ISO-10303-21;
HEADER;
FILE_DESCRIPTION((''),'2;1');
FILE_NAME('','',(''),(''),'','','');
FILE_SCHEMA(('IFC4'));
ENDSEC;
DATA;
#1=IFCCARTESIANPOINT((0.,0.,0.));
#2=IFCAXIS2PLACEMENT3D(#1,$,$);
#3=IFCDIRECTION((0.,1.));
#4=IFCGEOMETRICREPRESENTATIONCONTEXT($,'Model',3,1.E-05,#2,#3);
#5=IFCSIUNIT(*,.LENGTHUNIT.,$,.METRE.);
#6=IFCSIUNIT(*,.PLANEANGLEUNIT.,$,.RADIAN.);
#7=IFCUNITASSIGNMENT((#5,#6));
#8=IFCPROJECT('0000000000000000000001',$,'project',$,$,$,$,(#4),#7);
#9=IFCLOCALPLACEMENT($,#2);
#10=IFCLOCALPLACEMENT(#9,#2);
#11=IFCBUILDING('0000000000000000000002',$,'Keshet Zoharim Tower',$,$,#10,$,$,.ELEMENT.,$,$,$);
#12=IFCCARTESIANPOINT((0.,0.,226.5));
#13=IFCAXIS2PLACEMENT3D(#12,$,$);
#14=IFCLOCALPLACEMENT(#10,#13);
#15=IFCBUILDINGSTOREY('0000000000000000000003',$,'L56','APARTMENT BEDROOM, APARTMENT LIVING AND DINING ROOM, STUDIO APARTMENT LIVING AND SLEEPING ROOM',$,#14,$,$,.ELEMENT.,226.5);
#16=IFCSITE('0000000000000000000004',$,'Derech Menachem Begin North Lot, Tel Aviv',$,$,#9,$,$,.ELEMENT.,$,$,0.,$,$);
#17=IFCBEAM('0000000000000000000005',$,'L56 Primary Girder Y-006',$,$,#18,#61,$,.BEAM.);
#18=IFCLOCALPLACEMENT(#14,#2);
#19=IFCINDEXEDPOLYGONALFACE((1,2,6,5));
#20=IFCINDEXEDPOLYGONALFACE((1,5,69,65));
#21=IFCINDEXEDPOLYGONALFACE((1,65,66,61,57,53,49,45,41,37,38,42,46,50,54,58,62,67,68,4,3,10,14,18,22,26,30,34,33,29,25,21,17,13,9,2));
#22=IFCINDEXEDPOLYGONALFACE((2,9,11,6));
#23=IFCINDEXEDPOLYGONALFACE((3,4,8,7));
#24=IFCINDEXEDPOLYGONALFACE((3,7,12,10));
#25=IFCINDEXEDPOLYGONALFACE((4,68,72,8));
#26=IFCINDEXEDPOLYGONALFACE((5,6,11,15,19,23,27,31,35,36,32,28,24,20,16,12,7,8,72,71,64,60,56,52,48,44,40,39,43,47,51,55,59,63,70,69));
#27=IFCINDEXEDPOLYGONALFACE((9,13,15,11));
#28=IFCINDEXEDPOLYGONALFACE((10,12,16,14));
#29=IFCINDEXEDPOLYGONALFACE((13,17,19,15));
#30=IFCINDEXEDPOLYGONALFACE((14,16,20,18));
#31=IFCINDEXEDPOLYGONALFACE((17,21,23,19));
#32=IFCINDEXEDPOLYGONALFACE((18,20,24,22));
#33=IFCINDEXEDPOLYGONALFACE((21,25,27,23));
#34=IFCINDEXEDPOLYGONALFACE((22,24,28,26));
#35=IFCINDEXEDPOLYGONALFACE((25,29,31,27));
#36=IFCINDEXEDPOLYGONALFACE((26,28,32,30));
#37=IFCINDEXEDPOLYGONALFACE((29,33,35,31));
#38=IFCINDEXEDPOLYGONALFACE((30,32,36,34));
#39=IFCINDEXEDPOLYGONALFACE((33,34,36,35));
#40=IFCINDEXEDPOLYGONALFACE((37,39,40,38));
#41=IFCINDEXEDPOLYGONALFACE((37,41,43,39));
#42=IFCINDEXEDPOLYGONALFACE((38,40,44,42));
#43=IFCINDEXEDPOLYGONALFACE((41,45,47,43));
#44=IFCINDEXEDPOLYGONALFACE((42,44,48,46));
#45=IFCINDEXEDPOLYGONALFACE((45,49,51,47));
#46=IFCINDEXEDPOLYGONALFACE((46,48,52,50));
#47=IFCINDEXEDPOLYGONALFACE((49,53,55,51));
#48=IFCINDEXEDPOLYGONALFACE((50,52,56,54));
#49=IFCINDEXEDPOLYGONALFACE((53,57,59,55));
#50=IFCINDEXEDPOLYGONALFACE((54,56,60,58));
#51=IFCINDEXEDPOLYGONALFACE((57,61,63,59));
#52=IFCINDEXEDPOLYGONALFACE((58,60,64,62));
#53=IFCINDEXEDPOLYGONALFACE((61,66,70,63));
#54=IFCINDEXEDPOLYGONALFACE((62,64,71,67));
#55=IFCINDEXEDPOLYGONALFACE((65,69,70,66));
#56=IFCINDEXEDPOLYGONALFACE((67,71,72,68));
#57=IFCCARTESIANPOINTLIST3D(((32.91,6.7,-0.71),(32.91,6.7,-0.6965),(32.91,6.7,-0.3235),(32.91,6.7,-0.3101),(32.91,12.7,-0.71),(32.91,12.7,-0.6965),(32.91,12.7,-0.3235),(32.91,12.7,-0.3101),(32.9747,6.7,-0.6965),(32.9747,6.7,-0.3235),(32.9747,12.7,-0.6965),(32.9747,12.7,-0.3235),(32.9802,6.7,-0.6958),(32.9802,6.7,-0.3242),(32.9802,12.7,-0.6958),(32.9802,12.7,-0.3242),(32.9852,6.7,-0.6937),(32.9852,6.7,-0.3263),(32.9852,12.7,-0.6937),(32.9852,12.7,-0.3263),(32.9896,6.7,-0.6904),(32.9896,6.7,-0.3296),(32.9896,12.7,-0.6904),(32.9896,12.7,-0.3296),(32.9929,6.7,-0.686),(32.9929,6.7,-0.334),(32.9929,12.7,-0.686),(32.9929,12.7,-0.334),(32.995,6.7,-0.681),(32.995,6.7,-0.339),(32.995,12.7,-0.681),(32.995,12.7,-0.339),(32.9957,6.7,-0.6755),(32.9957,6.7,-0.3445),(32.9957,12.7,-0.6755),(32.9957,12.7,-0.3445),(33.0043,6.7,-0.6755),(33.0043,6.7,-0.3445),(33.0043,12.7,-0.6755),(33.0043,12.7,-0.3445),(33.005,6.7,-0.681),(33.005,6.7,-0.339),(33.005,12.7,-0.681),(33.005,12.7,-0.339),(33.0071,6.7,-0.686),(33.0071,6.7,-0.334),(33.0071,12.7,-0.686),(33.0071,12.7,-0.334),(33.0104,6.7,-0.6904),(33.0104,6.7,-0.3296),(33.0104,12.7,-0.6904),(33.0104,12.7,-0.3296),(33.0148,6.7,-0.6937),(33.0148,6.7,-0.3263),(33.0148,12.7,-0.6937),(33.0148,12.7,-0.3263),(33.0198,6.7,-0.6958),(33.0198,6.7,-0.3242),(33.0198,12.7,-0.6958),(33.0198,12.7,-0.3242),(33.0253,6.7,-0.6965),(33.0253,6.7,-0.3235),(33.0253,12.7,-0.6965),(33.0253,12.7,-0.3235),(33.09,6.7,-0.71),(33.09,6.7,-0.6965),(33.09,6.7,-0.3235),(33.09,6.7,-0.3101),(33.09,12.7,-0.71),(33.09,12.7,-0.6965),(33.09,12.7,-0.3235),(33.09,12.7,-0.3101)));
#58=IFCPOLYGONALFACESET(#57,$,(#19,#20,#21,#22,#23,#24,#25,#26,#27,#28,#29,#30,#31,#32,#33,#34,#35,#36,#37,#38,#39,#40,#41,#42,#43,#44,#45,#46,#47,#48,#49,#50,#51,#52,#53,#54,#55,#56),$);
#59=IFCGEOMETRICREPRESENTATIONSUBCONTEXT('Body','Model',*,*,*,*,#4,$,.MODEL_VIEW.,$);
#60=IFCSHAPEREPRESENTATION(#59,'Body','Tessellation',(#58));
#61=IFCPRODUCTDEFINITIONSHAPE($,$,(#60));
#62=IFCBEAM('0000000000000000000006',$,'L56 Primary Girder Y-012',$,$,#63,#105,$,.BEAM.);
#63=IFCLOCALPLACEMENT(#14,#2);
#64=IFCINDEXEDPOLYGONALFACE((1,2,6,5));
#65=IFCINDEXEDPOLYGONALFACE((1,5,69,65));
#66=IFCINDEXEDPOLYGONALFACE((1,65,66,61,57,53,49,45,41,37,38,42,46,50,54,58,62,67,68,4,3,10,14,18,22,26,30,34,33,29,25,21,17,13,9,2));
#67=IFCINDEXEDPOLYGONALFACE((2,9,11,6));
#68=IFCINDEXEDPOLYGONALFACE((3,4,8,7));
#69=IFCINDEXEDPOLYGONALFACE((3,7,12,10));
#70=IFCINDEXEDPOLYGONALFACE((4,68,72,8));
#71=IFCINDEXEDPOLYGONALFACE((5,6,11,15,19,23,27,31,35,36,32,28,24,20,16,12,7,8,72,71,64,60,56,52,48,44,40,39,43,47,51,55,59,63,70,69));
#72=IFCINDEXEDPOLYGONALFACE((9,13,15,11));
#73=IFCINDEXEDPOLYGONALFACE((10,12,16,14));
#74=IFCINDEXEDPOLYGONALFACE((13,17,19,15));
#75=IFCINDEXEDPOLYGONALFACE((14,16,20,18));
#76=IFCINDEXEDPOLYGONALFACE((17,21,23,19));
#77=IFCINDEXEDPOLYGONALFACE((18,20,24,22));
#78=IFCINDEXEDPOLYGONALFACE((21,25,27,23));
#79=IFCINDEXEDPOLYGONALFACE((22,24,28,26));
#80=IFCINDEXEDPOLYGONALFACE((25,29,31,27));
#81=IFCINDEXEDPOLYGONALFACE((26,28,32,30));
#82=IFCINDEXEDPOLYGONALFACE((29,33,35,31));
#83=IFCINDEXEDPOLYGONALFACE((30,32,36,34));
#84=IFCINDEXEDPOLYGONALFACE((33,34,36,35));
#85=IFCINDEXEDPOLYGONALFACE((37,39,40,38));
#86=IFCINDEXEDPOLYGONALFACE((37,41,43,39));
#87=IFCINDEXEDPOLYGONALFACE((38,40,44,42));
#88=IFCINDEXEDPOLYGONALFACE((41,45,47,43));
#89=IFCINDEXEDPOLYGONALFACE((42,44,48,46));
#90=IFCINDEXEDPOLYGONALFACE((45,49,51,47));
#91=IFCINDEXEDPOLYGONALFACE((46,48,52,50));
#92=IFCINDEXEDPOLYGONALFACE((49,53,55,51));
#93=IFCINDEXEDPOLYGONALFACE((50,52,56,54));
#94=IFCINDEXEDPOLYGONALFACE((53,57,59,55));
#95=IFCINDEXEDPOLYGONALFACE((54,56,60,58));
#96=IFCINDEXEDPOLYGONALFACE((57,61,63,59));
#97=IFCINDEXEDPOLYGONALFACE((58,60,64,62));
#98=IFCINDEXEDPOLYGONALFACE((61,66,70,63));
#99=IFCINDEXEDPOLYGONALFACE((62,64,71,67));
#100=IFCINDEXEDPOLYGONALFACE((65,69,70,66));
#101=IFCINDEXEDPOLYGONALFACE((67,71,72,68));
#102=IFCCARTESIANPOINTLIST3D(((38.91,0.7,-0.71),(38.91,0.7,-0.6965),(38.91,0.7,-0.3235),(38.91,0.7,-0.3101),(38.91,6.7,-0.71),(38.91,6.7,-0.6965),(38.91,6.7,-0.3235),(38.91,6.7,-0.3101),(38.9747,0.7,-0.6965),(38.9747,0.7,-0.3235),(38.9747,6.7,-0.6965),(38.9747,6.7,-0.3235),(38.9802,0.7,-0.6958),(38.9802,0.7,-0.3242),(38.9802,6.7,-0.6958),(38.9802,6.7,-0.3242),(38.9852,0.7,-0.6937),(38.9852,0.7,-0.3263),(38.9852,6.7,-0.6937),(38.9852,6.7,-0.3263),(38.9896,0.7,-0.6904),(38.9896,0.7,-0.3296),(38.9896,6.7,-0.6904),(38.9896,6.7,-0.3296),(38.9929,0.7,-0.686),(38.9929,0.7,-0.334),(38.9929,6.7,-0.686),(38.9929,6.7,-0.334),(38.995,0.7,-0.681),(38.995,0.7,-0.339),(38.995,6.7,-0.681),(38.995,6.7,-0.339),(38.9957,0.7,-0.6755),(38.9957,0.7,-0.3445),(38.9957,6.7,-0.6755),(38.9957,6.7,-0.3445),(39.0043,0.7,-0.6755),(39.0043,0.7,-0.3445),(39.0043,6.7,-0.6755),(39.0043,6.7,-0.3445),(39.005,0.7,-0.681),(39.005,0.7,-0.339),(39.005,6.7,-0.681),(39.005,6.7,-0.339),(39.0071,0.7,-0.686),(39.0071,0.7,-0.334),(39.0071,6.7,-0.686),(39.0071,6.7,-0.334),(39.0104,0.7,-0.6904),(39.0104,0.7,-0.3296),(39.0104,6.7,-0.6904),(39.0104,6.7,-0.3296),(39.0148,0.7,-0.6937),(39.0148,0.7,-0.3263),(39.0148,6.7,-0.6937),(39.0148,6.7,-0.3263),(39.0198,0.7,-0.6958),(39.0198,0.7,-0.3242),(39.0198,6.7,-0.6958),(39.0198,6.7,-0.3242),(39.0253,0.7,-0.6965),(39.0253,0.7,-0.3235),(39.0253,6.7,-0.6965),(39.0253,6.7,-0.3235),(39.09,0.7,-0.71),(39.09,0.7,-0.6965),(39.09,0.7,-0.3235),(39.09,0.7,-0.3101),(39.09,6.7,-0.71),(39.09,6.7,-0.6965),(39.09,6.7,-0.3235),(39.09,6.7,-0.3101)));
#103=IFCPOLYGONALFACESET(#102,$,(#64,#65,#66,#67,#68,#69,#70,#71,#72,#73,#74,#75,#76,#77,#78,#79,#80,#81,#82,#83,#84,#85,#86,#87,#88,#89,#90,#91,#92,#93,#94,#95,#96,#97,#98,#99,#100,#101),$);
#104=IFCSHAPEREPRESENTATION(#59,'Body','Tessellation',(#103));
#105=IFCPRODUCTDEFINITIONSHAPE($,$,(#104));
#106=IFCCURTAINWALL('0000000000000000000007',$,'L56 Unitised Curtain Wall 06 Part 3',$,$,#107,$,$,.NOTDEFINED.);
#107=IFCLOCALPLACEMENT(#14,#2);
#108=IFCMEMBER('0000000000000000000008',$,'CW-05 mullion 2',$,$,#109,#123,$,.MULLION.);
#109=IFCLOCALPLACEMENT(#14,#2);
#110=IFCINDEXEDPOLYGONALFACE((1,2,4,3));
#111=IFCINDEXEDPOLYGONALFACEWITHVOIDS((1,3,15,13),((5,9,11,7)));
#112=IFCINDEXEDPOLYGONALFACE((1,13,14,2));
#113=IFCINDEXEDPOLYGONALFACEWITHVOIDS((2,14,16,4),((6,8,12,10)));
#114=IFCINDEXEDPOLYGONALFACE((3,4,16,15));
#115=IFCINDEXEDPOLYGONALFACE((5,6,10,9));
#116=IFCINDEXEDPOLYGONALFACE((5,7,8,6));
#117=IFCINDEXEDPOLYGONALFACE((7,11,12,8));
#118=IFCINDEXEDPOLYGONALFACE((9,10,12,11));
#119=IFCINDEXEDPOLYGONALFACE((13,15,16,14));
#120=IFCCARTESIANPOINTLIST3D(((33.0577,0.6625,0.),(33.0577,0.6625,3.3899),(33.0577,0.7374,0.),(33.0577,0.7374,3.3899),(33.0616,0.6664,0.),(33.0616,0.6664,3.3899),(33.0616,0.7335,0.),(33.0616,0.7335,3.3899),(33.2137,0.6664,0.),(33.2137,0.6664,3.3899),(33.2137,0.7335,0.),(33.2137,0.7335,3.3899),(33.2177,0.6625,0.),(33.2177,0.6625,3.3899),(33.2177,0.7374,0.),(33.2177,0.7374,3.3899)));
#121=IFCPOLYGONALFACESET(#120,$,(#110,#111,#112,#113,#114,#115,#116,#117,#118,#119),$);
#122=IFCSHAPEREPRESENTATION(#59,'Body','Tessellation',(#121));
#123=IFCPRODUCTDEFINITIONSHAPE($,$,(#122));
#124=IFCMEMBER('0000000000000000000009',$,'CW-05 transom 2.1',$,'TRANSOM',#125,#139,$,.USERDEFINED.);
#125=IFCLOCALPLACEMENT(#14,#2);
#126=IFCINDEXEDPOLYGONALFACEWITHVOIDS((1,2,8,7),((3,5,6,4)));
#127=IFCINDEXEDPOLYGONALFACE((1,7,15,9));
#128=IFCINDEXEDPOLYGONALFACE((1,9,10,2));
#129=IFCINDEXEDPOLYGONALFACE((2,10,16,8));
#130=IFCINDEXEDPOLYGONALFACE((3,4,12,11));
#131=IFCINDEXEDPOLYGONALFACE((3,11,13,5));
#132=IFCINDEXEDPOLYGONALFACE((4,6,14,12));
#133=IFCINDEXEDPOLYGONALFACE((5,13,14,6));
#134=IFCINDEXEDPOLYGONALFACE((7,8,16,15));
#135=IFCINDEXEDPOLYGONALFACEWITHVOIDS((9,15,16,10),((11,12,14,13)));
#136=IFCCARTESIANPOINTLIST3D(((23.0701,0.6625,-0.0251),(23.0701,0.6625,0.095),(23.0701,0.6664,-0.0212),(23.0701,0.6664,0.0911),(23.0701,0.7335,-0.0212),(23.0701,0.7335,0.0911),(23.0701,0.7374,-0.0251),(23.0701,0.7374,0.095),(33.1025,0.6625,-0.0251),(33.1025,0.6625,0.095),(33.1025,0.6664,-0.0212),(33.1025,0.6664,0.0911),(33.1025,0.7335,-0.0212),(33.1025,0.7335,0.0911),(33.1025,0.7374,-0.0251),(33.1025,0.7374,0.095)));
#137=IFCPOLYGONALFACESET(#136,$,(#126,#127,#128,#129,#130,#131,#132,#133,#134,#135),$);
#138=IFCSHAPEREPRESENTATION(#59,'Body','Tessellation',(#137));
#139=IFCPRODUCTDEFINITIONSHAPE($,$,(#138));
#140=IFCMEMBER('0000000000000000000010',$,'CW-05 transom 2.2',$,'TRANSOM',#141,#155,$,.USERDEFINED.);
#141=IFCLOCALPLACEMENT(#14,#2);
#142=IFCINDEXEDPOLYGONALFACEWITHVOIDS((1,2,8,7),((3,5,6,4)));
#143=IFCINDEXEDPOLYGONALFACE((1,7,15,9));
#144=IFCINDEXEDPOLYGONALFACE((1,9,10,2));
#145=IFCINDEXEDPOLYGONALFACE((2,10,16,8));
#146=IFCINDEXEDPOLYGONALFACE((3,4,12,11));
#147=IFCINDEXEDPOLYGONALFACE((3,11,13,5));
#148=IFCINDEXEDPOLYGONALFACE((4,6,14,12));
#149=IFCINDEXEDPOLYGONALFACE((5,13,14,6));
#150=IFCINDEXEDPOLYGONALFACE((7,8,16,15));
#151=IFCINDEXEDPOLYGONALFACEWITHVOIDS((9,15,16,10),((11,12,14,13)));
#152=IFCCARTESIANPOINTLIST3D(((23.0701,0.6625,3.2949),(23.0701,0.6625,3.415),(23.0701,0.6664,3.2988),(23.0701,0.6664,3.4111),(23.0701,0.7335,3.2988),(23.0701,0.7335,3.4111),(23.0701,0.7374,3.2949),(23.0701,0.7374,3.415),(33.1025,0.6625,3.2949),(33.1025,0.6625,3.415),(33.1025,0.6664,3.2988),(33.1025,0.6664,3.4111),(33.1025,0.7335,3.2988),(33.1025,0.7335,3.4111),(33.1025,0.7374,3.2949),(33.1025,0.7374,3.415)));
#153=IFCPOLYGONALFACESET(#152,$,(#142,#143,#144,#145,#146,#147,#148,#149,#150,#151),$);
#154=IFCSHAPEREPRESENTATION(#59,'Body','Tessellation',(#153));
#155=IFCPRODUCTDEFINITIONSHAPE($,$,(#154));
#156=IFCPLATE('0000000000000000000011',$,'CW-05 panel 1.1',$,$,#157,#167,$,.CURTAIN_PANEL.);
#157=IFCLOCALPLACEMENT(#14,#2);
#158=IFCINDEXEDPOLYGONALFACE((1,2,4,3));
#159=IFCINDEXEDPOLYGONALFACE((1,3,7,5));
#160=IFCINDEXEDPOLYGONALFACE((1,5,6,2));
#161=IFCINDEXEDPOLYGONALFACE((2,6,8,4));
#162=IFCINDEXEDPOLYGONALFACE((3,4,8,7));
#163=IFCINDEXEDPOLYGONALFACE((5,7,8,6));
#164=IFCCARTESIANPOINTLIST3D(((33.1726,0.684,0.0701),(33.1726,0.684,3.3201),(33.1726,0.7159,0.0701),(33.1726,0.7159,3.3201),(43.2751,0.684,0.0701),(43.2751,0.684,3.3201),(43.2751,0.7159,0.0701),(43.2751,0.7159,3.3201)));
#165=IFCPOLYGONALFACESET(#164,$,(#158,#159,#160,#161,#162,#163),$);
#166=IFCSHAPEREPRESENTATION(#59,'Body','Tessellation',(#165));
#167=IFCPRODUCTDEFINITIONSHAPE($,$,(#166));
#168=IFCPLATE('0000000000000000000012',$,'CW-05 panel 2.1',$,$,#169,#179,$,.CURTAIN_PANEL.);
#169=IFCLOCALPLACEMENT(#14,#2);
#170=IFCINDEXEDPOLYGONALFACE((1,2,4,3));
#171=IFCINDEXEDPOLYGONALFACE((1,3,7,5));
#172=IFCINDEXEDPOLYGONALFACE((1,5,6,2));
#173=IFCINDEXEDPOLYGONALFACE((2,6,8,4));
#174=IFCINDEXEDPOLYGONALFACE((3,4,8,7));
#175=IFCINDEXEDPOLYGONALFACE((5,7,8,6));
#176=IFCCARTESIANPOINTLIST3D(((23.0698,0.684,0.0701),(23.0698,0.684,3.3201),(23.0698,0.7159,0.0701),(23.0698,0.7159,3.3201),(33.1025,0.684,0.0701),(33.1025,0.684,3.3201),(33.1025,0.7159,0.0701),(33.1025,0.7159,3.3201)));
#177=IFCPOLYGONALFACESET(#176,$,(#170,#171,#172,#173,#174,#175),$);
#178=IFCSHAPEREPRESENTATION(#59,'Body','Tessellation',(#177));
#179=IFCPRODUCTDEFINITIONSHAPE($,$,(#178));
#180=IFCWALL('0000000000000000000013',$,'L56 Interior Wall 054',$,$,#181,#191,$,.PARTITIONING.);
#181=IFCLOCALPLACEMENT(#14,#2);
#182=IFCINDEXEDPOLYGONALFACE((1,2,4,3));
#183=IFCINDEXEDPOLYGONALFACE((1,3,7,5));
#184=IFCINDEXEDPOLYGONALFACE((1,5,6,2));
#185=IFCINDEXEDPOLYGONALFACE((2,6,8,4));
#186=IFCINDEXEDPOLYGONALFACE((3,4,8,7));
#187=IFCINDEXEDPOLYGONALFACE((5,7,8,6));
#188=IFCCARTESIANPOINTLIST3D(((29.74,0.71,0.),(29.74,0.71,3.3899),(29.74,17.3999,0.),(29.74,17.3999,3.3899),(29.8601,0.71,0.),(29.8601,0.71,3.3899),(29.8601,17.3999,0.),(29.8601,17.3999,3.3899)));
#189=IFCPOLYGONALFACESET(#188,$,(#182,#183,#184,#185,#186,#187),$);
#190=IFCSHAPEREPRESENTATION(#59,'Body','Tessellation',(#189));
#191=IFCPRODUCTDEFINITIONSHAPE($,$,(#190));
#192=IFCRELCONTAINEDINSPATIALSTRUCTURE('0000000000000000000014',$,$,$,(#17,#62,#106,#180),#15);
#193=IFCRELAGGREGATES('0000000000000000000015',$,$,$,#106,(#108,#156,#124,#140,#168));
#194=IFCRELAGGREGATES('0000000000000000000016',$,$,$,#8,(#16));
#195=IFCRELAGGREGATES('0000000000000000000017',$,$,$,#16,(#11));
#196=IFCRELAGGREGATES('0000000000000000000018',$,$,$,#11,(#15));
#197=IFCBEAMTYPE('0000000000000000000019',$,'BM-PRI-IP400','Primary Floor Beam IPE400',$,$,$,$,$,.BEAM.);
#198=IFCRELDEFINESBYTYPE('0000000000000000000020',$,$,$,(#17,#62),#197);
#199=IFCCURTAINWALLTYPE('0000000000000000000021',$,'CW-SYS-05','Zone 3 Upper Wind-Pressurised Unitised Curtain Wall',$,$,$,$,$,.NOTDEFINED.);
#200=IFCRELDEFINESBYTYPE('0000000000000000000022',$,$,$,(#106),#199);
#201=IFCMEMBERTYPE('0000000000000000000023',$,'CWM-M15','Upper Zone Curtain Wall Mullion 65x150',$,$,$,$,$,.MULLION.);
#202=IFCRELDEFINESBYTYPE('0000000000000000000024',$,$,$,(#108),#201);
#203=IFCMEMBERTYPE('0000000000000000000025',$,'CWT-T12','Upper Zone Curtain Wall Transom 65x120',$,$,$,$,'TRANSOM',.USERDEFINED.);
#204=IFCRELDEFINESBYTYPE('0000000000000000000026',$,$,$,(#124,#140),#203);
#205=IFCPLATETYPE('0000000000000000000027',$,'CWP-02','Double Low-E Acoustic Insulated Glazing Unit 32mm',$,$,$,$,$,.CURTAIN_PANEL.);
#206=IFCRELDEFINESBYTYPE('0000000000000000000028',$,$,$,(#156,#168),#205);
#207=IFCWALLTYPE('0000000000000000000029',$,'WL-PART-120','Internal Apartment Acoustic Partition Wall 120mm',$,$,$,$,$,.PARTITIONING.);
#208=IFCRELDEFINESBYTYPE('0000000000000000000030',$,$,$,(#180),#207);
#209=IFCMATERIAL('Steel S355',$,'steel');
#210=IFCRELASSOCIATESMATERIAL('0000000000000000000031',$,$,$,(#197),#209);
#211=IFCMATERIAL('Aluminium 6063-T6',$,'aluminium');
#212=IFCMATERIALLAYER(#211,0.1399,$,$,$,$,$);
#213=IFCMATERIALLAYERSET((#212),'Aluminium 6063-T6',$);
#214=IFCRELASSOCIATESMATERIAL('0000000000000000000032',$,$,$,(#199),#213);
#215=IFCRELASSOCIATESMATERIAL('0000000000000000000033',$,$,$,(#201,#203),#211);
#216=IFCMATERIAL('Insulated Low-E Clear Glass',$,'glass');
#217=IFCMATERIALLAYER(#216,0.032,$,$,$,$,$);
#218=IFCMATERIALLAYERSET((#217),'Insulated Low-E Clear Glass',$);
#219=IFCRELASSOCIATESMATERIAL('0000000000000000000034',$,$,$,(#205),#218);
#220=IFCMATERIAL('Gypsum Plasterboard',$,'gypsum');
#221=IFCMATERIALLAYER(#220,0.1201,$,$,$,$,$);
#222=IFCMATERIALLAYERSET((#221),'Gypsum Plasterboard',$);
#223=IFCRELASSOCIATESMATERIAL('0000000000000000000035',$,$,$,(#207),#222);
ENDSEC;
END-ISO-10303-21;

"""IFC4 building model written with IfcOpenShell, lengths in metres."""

from ifc_helpers import new_model, si_unit, direction, frame, frame_2d, origin, origin_2d, place, context, subcontext, project, spatial, rectangle, hollow_rectangle, i_section, extrude, material, layer, layer_set, material_profile, profile_set, type_object, element, aggregate, save


model = new_model("IFC4")

# Units and contexts
model_context = context("Model", 3, precision=1e-05, world=origin(), true_north=direction((0.0, 1.0)))
body_context = subcontext(model_context, "Body", "Model", "MODEL_VIEW")
ifc_project = project(units=[si_unit("LENGTHUNIT", "METRE"), si_unit("PLANEANGLEUNIT", "RADIAN")], contexts=[model_context])

# Site, building, storey
site_placement = place(None, origin())
site = spatial("IfcSite", under=ifc_project, at=site_placement, Name="Derech Menachem Begin North Lot, Tel Aviv", CompositionType="ELEMENT", RefElevation=0.0)
building_placement = place(site_placement, origin())
building = spatial("IfcBuilding", under=site, at=building_placement, Name="Keshet Zoharim Tower", CompositionType="ELEMENT")
storey_placement = place(building_placement, frame((0.0, 0.0, 226.5)))
storey = spatial("IfcBuildingStorey", under=building, at=storey_placement, Name="L56", Description="APARTMENT BEDROOM, APARTMENT LIVING AND DINING ROOM, STUDIO APARTMENT LIVING AND SLEEPING ROOM", CompositionType="ELEMENT", Elevation=226.5)

# Shared definitions
ifc_material_1 = material(Name="Steel S355", Category="steel")

# Beams
ifc_material_profile_1 = material_profile(ifc_material_1, i_section(OverallWidth=0.1799, OverallDepth=0.3999, WebThickness=0.0085, FlangeThickness=0.0134, FilletRadius=0.021, at=origin_2d()), Name="IPE400")
ifc_profile_set_1 = profile_set([ifc_material_profile_1], Name="Steel S355")
beam_type_1 = type_object("IfcBeamType", Name="BM-PRI-IP400", Description="Primary Floor Beam IPE400", PredefinedType="BEAM", material=ifc_profile_set_1)
for number, where, z_axis, x_axis, name in (
    (1, (33.0, 6.7, -0.51), (0.0, 1.0, 0.0), (-1.0, 0.0, 0.0), "L56 Primary Girder Y-006"),
    (2, (39.0, 0.7, -0.51), (0.0, 1.0, 0.0), (-1.0, 0.0, 0.0), "L56 Primary Girder Y-012"),
):
    element("IfcBeam", number, at=place(storey_placement, frame(where, z_axis=z_axis, x_axis=x_axis)), inside=storey, type_object=beam_type_1, Name=name, PredefinedType="BEAM", context=body_context, shape_type="SweptSolid", body=[
        extrude(i_section(OverallWidth=0.1799, OverallDepth=0.3999, WebThickness=0.0085, FlangeThickness=0.0134, FilletRadius=0.021, at=origin_2d()), origin(), (0.0, 0.0, 1.0), 6.0),
    ])

# Curtain wall, members, plates
ifc_material_2 = material(Name="Aluminium 6063-T6", Category="aluminium")
ifc_layer_1 = layer(ifc_material_2, 0.1399)
ifc_layer_set_1 = layer_set([ifc_layer_1], Name="Aluminium 6063-T6")
curtain_wall_type = type_object("IfcCurtainWallType", Name="CW-SYS-05", Description="Zone 3 Upper Wind-Pressurised Unitised Curtain Wall", PredefinedType="NOTDEFINED", material=ifc_layer_set_1)
curtain_wall_placement = place(storey_placement, origin())
curtain_wall = element("IfcCurtainWall", 3, at=curtain_wall_placement, inside=storey, type_object=curtain_wall_type, Name="L56 Unitised Curtain Wall 06 Part 3", PredefinedType="NOTDEFINED")
ifc_material_profile_2 = material_profile(ifc_material_2, hollow_rectangle(XDim=0.075, YDim=0.1599, WallThickness=0.0039, at=origin_2d()), Name="MUL-75x160")
ifc_profile_set_2 = profile_set([ifc_material_profile_2], Name="Aluminium 6063-T6")
member_type_1 = type_object("IfcMemberType", Name="CWM-M15", Description="Upper Zone Curtain Wall Mullion 65x150", PredefinedType="MULLION", material=ifc_profile_set_2)
member_1_placement = place(storey_placement, frame((33.1377, 0.7, 0.0), z_axis=(0.0, 0.0, 1.0), x_axis=(0.0, -1.0, 0.0)))
member_1 = element("IfcMember", 4, at=member_1_placement, type_object=member_type_1, Name="CW-05 mullion 2", PredefinedType="MULLION", context=body_context, shape_type="SweptSolid", body=[
    extrude(hollow_rectangle(XDim=0.075, YDim=0.1599, WallThickness=0.0039, at=origin_2d()), origin(), (0.0, 0.0, 1.0), 3.3899),
])
ifc_material_profile_3 = material_profile(ifc_material_2, hollow_rectangle(XDim=0.075, YDim=0.1201, WallThickness=0.0039, at=origin_2d()), Name="TRN-75x120")
ifc_profile_set_3 = profile_set([ifc_material_profile_3], Name="Aluminium 6063-T6")
member_type_2 = type_object("IfcMemberType", Name="CWT-T12", Description="Upper Zone Curtain Wall Transom 65x120", ElementType="TRANSOM", PredefinedType="USERDEFINED", material=ifc_profile_set_3)
member_2_placement = place(storey_placement, frame((33.1025, 0.7, 0.0349), z_axis=(-1.0, 0.0, 0.0), x_axis=(0.0, -1.0, 0.0)))
member_2 = element("IfcMember", 5, at=member_2_placement, type_object=member_type_2, Name="CW-05 transom 2.1", ObjectType="TRANSOM", PredefinedType="USERDEFINED", context=body_context, shape_type="SweptSolid", body=[
    extrude(hollow_rectangle(XDim=0.075, YDim=0.1201, WallThickness=0.0039, at=origin_2d()), origin(), (0.0, 0.0, 1.0), 10.0325),
])
member_3_placement = place(storey_placement, frame((33.1025, 0.7, 3.355), z_axis=(-1.0, 0.0, 0.0), x_axis=(0.0, -1.0, 0.0)))
member_3 = element("IfcMember", 6, at=member_3_placement, type_object=member_type_2, Name="CW-05 transom 2.2", ObjectType="TRANSOM", PredefinedType="USERDEFINED", context=body_context, shape_type="SweptSolid", body=[
    extrude(hollow_rectangle(XDim=0.075, YDim=0.1201, WallThickness=0.0039, at=origin_2d()), origin(), (0.0, 0.0, 1.0), 10.0325),
])
ifc_material_3 = material(Name="Insulated Low-E Clear Glass", Category="glass")
ifc_layer_2 = layer(ifc_material_3, 0.032)
ifc_layer_set_2 = layer_set([ifc_layer_2], Name="Insulated Low-E Clear Glass")
plate_type = type_object("IfcPlateType", Name="CWP-02", Description="Double Low-E Acoustic Insulated Glazing Unit 32mm", PredefinedType="CURTAIN_PANEL", material=ifc_layer_set_2)
plate_1_placement = place(storey_placement, frame((38.2239, 0.7, 0.0701), z_axis=(0.0, 0.0, 1.0), x_axis=(-1.0, 0.0, 0.0)))
plate_1 = element("IfcPlate", 7, at=plate_1_placement, type_object=plate_type, Name="CW-05 panel 1.1", PredefinedType="CURTAIN_PANEL", context=body_context, shape_type="SweptSolid", body=[
    extrude(rectangle(XDim=10.1025, YDim=0.032, at=origin_2d()), origin(), (0.0, 0.0, 1.0), 3.25),
])
plate_2_placement = place(storey_placement, frame((28.0862, 0.7, 0.0701), z_axis=(0.0, 0.0, 1.0), x_axis=(-1.0, 0.0, 0.0)))
plate_2 = element("IfcPlate", 8, at=plate_2_placement, type_object=plate_type, Name="CW-05 panel 2.1", PredefinedType="CURTAIN_PANEL", context=body_context, shape_type="SweptSolid", body=[
    extrude(rectangle(XDim=10.0327, YDim=0.032, at=origin_2d()), origin(), (0.0, 0.0, 1.0), 3.25),
])
aggregate(curtain_wall, [member_1, plate_1, member_2, member_3, plate_2])

# Wall
ifc_material_4 = material(Name="Gypsum Plasterboard", Category="gypsum")
ifc_layer_3 = layer(ifc_material_4, 0.1201)
ifc_layer_set_3 = layer_set([ifc_layer_3], Name="Gypsum Plasterboard")
wall_type = type_object("IfcWallType", Name="WL-PART-120", Description="Internal Apartment Acoustic Partition Wall 120mm", PredefinedType="PARTITIONING", material=ifc_layer_set_3)
wall_1_placement = place(storey_placement, frame((29.8, 0.71, 0.0), z_axis=(0.0, 0.0, 1.0), x_axis=(0.0, 1.0, 0.0)))
element("IfcWall", 9, at=wall_1_placement, inside=storey, type_object=wall_type, Name="L56 Interior Wall 054", PredefinedType="PARTITIONING", context=body_context, shape_type="SweptSolid", body=[
    extrude(rectangle(XDim=16.6899, YDim=0.1201, at=frame_2d((8.345, 0.0))), origin(), (0.0, 0.0, 1.0), 3.3899),
])

save(model, "model.ifc")
